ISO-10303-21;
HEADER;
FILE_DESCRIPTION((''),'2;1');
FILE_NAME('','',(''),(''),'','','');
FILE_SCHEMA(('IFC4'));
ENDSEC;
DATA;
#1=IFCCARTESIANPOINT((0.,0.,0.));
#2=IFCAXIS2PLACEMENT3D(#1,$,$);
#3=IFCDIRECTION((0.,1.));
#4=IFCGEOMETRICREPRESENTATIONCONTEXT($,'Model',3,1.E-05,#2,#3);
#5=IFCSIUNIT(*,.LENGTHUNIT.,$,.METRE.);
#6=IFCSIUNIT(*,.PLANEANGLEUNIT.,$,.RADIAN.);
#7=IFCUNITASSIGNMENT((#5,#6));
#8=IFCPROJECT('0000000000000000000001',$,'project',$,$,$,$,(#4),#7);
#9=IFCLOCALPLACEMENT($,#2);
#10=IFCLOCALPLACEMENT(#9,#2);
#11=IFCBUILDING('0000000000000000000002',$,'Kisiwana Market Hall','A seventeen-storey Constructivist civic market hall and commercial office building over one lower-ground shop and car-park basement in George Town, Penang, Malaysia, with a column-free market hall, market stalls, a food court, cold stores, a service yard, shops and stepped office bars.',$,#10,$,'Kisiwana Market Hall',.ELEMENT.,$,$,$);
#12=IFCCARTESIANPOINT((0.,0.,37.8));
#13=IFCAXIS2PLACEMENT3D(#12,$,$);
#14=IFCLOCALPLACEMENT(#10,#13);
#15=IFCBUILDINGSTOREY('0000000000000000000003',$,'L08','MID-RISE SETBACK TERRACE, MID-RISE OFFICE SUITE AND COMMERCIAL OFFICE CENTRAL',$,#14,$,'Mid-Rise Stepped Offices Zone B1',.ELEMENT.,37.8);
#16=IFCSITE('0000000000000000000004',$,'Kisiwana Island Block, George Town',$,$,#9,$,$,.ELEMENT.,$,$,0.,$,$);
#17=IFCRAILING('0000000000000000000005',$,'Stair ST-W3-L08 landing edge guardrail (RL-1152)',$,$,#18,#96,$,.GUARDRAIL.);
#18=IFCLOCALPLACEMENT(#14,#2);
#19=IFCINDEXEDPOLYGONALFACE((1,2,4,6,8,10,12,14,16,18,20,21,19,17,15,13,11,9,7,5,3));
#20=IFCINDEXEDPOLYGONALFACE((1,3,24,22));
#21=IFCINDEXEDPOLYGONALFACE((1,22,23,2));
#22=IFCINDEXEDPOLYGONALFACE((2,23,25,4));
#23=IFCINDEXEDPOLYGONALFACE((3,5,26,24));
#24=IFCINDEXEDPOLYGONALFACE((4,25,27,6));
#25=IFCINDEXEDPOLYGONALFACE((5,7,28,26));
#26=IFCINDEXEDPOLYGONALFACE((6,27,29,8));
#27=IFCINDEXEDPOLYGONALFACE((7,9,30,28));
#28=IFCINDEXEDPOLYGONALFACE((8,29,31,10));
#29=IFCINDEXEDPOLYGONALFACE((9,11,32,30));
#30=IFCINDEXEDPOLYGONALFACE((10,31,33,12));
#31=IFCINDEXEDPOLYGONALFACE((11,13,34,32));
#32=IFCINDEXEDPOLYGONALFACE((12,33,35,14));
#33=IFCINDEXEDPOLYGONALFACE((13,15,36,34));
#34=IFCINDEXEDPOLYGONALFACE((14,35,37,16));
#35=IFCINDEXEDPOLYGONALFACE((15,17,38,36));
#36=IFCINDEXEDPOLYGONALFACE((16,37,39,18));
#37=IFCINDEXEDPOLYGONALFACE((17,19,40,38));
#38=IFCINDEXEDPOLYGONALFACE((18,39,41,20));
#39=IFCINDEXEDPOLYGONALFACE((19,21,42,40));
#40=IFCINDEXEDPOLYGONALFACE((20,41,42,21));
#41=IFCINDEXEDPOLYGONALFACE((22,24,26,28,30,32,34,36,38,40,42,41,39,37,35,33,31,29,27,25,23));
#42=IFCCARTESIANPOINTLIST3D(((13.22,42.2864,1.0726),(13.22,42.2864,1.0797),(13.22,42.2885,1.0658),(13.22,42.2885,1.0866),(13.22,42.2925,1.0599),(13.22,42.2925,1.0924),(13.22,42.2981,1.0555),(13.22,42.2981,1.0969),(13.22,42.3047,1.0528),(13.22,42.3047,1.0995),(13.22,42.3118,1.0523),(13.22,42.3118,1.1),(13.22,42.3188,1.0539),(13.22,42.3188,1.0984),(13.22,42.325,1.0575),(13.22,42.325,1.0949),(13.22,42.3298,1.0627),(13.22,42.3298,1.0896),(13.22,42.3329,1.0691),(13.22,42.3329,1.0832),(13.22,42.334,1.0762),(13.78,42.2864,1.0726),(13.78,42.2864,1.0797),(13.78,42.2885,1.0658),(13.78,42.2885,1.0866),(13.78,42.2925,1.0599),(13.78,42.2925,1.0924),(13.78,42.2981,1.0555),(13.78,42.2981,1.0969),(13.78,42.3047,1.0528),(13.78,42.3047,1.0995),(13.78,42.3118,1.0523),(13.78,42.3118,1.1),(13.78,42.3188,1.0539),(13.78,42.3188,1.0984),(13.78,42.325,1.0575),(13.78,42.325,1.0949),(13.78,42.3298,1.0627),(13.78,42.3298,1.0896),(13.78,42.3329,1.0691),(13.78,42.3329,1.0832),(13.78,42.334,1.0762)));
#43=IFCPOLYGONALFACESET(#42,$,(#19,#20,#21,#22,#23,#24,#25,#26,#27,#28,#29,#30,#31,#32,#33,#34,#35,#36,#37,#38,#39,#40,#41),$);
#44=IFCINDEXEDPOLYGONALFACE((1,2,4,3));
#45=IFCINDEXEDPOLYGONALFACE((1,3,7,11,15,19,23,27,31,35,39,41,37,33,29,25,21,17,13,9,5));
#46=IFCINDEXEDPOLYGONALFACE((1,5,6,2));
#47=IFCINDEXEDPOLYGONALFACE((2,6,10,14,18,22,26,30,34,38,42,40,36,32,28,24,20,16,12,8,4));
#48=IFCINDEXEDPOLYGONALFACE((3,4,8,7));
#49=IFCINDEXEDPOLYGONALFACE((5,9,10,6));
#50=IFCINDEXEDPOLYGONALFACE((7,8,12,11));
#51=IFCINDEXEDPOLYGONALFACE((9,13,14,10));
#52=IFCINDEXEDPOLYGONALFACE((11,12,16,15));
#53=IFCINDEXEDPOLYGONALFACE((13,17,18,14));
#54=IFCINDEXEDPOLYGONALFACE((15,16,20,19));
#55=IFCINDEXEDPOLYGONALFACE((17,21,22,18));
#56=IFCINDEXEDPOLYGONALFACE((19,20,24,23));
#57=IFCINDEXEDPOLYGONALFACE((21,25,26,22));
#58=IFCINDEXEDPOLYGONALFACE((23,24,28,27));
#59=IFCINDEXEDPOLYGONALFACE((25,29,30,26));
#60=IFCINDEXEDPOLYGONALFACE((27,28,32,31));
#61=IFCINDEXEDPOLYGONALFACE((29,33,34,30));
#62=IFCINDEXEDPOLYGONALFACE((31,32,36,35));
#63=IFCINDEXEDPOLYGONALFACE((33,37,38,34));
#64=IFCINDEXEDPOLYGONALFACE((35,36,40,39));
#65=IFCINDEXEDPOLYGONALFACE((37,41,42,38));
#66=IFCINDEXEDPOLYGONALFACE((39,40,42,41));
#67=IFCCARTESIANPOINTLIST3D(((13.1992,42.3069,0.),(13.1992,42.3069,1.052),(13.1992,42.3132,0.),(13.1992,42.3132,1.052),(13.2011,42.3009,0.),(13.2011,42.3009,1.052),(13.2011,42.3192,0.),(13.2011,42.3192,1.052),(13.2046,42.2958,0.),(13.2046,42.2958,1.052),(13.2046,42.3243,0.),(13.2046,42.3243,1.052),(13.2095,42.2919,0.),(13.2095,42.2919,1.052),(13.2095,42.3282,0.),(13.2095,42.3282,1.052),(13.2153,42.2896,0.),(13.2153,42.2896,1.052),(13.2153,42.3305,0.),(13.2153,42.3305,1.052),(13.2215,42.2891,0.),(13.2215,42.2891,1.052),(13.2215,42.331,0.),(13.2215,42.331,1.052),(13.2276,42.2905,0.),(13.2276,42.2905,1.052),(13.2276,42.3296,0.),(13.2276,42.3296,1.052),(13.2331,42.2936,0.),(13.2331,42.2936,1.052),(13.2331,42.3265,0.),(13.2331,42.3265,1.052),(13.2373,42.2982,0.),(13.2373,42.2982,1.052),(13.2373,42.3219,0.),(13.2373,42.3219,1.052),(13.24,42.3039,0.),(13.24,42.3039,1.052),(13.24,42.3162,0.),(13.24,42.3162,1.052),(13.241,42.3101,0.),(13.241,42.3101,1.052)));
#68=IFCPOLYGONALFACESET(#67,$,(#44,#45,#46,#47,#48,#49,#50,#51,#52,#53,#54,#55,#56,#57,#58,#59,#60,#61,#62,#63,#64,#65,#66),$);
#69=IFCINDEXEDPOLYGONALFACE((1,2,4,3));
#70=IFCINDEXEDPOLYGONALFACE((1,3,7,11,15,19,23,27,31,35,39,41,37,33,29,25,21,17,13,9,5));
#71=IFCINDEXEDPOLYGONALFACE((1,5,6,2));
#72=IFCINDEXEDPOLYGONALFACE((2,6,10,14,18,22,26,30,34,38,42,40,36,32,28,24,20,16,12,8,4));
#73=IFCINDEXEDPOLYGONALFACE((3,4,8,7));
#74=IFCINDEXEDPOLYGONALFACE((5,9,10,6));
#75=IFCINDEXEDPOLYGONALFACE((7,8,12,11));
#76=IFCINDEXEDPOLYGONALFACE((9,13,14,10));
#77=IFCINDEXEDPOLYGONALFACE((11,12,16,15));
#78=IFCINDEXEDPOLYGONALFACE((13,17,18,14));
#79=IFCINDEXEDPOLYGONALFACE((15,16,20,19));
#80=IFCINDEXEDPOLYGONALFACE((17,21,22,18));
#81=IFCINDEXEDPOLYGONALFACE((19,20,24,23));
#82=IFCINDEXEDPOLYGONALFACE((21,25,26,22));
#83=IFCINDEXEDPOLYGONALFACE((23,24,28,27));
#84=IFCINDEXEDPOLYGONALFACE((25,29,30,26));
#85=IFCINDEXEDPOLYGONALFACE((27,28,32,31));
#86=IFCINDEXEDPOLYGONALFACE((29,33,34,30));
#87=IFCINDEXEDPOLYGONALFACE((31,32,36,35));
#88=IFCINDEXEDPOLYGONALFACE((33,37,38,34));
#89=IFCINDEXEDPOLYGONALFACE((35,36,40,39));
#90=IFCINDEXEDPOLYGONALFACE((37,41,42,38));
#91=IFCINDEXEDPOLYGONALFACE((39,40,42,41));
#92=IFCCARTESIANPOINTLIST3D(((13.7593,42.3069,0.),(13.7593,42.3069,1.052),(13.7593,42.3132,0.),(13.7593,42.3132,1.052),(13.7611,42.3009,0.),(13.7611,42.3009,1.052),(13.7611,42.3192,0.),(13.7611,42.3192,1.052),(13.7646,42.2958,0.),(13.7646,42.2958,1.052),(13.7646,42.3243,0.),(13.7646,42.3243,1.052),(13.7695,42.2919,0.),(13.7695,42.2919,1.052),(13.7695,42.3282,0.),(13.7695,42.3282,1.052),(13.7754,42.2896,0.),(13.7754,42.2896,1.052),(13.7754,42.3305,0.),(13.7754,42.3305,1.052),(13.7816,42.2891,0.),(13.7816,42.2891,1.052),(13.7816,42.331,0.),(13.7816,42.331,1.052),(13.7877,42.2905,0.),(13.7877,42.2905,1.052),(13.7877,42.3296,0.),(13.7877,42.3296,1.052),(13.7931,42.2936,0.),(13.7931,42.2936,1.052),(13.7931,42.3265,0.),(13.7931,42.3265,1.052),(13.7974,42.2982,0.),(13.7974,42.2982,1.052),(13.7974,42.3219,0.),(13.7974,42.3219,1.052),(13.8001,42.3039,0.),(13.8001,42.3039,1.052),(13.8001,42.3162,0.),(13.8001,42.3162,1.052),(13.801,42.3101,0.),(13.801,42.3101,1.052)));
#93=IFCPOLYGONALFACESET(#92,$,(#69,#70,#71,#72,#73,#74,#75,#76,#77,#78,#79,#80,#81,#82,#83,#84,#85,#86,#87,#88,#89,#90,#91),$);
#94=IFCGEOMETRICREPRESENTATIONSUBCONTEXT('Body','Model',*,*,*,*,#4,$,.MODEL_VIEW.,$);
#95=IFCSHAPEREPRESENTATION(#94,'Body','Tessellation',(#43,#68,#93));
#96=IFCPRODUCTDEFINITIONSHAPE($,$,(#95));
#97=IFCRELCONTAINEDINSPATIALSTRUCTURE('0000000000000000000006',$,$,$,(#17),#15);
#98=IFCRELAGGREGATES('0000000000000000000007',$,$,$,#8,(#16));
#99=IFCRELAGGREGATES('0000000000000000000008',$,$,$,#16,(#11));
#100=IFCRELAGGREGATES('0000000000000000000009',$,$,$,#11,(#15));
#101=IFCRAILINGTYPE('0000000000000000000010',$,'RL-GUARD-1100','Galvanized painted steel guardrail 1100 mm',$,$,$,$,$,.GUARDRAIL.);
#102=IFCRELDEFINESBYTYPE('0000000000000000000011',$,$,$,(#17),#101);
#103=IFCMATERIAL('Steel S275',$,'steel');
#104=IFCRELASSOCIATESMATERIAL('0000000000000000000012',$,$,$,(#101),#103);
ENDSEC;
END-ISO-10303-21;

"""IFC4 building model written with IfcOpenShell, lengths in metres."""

from ifc_helpers import new_model, si_unit, direction, frame, origin, origin_2d, place, context, subcontext, project, spatial, circle, extrude, material, type_object, element, save


model = new_model("IFC4")

# Units and contexts
model_context = context("Model", 3, precision=1e-05, world=origin(), true_north=direction((0.0, 1.0)))
body_context = subcontext(model_context, "Body", "Model", "MODEL_VIEW")
ifc_project = project(units=[si_unit("LENGTHUNIT", "METRE"), si_unit("PLANEANGLEUNIT", "RADIAN")], contexts=[model_context])

# Site, building, storey
site_placement = place(None, origin())
site = spatial("IfcSite", under=ifc_project, at=site_placement, Name="Kisiwana Island Block, George Town", CompositionType="ELEMENT", RefElevation=0.0)
building_placement = place(site_placement, origin())
building = spatial("IfcBuilding", under=site, at=building_placement, Name="Kisiwana Market Hall", Description="A seventeen-storey Constructivist civic market hall and commercial office building over one lower-ground shop and car-park basement in George Town, Penang, Malaysia, with a column-free market hall, market stalls, a food court, cold stores, a service yard, shops and stepped office bars.", LongName="Kisiwana Market Hall", CompositionType="ELEMENT")
storey_placement = place(building_placement, frame((0.0, 0.0, 37.8)))
storey = spatial("IfcBuildingStorey", under=building, at=storey_placement, Name="L08", Description="MID-RISE SETBACK TERRACE, MID-RISE OFFICE SUITE AND COMMERCIAL OFFICE CENTRAL", LongName="Mid-Rise Stepped Offices Zone B1", CompositionType="ELEMENT", Elevation=37.8)

# Railing
ifc_material_1 = material(Name="Steel S275", Category="steel")
railing_type_1 = type_object("IfcRailingType", Name="RL-GUARD-1100", Description="Galvanized painted steel guardrail 1100 mm", PredefinedType="GUARDRAIL", material=ifc_material_1)
railing_1_placement = place(storey_placement, frame((13.22, 42.3101, 0.0)))
element("IfcRailing", 1, at=railing_1_placement, inside=storey, type_object=railing_type_1, Name="Stair ST-W3-L08 landing edge guardrail (RL-1152)", PredefinedType="GUARDRAIL", context=body_context, shape_type="SweptSolid", body=[
    extrude(circle(Radius=0.0239, at=origin_2d()), frame((0.0, 0.0, 1.0762), z_axis=(1.0, 0.0, 0.0), x_axis=(0.0, 1.0, 0.0)), (0.0, 0.0, 1.0), 0.5601),
    extrude(circle(Radius=0.021, at=origin_2d()), origin(), (0.0, 0.0, 1.0), 1.052),
    extrude(circle(Radius=0.021, at=origin_2d()), frame((0.5601, 0.0, 0.0)), (0.0, 0.0, 1.0), 1.052),
])

save(model, "model.ifc")
